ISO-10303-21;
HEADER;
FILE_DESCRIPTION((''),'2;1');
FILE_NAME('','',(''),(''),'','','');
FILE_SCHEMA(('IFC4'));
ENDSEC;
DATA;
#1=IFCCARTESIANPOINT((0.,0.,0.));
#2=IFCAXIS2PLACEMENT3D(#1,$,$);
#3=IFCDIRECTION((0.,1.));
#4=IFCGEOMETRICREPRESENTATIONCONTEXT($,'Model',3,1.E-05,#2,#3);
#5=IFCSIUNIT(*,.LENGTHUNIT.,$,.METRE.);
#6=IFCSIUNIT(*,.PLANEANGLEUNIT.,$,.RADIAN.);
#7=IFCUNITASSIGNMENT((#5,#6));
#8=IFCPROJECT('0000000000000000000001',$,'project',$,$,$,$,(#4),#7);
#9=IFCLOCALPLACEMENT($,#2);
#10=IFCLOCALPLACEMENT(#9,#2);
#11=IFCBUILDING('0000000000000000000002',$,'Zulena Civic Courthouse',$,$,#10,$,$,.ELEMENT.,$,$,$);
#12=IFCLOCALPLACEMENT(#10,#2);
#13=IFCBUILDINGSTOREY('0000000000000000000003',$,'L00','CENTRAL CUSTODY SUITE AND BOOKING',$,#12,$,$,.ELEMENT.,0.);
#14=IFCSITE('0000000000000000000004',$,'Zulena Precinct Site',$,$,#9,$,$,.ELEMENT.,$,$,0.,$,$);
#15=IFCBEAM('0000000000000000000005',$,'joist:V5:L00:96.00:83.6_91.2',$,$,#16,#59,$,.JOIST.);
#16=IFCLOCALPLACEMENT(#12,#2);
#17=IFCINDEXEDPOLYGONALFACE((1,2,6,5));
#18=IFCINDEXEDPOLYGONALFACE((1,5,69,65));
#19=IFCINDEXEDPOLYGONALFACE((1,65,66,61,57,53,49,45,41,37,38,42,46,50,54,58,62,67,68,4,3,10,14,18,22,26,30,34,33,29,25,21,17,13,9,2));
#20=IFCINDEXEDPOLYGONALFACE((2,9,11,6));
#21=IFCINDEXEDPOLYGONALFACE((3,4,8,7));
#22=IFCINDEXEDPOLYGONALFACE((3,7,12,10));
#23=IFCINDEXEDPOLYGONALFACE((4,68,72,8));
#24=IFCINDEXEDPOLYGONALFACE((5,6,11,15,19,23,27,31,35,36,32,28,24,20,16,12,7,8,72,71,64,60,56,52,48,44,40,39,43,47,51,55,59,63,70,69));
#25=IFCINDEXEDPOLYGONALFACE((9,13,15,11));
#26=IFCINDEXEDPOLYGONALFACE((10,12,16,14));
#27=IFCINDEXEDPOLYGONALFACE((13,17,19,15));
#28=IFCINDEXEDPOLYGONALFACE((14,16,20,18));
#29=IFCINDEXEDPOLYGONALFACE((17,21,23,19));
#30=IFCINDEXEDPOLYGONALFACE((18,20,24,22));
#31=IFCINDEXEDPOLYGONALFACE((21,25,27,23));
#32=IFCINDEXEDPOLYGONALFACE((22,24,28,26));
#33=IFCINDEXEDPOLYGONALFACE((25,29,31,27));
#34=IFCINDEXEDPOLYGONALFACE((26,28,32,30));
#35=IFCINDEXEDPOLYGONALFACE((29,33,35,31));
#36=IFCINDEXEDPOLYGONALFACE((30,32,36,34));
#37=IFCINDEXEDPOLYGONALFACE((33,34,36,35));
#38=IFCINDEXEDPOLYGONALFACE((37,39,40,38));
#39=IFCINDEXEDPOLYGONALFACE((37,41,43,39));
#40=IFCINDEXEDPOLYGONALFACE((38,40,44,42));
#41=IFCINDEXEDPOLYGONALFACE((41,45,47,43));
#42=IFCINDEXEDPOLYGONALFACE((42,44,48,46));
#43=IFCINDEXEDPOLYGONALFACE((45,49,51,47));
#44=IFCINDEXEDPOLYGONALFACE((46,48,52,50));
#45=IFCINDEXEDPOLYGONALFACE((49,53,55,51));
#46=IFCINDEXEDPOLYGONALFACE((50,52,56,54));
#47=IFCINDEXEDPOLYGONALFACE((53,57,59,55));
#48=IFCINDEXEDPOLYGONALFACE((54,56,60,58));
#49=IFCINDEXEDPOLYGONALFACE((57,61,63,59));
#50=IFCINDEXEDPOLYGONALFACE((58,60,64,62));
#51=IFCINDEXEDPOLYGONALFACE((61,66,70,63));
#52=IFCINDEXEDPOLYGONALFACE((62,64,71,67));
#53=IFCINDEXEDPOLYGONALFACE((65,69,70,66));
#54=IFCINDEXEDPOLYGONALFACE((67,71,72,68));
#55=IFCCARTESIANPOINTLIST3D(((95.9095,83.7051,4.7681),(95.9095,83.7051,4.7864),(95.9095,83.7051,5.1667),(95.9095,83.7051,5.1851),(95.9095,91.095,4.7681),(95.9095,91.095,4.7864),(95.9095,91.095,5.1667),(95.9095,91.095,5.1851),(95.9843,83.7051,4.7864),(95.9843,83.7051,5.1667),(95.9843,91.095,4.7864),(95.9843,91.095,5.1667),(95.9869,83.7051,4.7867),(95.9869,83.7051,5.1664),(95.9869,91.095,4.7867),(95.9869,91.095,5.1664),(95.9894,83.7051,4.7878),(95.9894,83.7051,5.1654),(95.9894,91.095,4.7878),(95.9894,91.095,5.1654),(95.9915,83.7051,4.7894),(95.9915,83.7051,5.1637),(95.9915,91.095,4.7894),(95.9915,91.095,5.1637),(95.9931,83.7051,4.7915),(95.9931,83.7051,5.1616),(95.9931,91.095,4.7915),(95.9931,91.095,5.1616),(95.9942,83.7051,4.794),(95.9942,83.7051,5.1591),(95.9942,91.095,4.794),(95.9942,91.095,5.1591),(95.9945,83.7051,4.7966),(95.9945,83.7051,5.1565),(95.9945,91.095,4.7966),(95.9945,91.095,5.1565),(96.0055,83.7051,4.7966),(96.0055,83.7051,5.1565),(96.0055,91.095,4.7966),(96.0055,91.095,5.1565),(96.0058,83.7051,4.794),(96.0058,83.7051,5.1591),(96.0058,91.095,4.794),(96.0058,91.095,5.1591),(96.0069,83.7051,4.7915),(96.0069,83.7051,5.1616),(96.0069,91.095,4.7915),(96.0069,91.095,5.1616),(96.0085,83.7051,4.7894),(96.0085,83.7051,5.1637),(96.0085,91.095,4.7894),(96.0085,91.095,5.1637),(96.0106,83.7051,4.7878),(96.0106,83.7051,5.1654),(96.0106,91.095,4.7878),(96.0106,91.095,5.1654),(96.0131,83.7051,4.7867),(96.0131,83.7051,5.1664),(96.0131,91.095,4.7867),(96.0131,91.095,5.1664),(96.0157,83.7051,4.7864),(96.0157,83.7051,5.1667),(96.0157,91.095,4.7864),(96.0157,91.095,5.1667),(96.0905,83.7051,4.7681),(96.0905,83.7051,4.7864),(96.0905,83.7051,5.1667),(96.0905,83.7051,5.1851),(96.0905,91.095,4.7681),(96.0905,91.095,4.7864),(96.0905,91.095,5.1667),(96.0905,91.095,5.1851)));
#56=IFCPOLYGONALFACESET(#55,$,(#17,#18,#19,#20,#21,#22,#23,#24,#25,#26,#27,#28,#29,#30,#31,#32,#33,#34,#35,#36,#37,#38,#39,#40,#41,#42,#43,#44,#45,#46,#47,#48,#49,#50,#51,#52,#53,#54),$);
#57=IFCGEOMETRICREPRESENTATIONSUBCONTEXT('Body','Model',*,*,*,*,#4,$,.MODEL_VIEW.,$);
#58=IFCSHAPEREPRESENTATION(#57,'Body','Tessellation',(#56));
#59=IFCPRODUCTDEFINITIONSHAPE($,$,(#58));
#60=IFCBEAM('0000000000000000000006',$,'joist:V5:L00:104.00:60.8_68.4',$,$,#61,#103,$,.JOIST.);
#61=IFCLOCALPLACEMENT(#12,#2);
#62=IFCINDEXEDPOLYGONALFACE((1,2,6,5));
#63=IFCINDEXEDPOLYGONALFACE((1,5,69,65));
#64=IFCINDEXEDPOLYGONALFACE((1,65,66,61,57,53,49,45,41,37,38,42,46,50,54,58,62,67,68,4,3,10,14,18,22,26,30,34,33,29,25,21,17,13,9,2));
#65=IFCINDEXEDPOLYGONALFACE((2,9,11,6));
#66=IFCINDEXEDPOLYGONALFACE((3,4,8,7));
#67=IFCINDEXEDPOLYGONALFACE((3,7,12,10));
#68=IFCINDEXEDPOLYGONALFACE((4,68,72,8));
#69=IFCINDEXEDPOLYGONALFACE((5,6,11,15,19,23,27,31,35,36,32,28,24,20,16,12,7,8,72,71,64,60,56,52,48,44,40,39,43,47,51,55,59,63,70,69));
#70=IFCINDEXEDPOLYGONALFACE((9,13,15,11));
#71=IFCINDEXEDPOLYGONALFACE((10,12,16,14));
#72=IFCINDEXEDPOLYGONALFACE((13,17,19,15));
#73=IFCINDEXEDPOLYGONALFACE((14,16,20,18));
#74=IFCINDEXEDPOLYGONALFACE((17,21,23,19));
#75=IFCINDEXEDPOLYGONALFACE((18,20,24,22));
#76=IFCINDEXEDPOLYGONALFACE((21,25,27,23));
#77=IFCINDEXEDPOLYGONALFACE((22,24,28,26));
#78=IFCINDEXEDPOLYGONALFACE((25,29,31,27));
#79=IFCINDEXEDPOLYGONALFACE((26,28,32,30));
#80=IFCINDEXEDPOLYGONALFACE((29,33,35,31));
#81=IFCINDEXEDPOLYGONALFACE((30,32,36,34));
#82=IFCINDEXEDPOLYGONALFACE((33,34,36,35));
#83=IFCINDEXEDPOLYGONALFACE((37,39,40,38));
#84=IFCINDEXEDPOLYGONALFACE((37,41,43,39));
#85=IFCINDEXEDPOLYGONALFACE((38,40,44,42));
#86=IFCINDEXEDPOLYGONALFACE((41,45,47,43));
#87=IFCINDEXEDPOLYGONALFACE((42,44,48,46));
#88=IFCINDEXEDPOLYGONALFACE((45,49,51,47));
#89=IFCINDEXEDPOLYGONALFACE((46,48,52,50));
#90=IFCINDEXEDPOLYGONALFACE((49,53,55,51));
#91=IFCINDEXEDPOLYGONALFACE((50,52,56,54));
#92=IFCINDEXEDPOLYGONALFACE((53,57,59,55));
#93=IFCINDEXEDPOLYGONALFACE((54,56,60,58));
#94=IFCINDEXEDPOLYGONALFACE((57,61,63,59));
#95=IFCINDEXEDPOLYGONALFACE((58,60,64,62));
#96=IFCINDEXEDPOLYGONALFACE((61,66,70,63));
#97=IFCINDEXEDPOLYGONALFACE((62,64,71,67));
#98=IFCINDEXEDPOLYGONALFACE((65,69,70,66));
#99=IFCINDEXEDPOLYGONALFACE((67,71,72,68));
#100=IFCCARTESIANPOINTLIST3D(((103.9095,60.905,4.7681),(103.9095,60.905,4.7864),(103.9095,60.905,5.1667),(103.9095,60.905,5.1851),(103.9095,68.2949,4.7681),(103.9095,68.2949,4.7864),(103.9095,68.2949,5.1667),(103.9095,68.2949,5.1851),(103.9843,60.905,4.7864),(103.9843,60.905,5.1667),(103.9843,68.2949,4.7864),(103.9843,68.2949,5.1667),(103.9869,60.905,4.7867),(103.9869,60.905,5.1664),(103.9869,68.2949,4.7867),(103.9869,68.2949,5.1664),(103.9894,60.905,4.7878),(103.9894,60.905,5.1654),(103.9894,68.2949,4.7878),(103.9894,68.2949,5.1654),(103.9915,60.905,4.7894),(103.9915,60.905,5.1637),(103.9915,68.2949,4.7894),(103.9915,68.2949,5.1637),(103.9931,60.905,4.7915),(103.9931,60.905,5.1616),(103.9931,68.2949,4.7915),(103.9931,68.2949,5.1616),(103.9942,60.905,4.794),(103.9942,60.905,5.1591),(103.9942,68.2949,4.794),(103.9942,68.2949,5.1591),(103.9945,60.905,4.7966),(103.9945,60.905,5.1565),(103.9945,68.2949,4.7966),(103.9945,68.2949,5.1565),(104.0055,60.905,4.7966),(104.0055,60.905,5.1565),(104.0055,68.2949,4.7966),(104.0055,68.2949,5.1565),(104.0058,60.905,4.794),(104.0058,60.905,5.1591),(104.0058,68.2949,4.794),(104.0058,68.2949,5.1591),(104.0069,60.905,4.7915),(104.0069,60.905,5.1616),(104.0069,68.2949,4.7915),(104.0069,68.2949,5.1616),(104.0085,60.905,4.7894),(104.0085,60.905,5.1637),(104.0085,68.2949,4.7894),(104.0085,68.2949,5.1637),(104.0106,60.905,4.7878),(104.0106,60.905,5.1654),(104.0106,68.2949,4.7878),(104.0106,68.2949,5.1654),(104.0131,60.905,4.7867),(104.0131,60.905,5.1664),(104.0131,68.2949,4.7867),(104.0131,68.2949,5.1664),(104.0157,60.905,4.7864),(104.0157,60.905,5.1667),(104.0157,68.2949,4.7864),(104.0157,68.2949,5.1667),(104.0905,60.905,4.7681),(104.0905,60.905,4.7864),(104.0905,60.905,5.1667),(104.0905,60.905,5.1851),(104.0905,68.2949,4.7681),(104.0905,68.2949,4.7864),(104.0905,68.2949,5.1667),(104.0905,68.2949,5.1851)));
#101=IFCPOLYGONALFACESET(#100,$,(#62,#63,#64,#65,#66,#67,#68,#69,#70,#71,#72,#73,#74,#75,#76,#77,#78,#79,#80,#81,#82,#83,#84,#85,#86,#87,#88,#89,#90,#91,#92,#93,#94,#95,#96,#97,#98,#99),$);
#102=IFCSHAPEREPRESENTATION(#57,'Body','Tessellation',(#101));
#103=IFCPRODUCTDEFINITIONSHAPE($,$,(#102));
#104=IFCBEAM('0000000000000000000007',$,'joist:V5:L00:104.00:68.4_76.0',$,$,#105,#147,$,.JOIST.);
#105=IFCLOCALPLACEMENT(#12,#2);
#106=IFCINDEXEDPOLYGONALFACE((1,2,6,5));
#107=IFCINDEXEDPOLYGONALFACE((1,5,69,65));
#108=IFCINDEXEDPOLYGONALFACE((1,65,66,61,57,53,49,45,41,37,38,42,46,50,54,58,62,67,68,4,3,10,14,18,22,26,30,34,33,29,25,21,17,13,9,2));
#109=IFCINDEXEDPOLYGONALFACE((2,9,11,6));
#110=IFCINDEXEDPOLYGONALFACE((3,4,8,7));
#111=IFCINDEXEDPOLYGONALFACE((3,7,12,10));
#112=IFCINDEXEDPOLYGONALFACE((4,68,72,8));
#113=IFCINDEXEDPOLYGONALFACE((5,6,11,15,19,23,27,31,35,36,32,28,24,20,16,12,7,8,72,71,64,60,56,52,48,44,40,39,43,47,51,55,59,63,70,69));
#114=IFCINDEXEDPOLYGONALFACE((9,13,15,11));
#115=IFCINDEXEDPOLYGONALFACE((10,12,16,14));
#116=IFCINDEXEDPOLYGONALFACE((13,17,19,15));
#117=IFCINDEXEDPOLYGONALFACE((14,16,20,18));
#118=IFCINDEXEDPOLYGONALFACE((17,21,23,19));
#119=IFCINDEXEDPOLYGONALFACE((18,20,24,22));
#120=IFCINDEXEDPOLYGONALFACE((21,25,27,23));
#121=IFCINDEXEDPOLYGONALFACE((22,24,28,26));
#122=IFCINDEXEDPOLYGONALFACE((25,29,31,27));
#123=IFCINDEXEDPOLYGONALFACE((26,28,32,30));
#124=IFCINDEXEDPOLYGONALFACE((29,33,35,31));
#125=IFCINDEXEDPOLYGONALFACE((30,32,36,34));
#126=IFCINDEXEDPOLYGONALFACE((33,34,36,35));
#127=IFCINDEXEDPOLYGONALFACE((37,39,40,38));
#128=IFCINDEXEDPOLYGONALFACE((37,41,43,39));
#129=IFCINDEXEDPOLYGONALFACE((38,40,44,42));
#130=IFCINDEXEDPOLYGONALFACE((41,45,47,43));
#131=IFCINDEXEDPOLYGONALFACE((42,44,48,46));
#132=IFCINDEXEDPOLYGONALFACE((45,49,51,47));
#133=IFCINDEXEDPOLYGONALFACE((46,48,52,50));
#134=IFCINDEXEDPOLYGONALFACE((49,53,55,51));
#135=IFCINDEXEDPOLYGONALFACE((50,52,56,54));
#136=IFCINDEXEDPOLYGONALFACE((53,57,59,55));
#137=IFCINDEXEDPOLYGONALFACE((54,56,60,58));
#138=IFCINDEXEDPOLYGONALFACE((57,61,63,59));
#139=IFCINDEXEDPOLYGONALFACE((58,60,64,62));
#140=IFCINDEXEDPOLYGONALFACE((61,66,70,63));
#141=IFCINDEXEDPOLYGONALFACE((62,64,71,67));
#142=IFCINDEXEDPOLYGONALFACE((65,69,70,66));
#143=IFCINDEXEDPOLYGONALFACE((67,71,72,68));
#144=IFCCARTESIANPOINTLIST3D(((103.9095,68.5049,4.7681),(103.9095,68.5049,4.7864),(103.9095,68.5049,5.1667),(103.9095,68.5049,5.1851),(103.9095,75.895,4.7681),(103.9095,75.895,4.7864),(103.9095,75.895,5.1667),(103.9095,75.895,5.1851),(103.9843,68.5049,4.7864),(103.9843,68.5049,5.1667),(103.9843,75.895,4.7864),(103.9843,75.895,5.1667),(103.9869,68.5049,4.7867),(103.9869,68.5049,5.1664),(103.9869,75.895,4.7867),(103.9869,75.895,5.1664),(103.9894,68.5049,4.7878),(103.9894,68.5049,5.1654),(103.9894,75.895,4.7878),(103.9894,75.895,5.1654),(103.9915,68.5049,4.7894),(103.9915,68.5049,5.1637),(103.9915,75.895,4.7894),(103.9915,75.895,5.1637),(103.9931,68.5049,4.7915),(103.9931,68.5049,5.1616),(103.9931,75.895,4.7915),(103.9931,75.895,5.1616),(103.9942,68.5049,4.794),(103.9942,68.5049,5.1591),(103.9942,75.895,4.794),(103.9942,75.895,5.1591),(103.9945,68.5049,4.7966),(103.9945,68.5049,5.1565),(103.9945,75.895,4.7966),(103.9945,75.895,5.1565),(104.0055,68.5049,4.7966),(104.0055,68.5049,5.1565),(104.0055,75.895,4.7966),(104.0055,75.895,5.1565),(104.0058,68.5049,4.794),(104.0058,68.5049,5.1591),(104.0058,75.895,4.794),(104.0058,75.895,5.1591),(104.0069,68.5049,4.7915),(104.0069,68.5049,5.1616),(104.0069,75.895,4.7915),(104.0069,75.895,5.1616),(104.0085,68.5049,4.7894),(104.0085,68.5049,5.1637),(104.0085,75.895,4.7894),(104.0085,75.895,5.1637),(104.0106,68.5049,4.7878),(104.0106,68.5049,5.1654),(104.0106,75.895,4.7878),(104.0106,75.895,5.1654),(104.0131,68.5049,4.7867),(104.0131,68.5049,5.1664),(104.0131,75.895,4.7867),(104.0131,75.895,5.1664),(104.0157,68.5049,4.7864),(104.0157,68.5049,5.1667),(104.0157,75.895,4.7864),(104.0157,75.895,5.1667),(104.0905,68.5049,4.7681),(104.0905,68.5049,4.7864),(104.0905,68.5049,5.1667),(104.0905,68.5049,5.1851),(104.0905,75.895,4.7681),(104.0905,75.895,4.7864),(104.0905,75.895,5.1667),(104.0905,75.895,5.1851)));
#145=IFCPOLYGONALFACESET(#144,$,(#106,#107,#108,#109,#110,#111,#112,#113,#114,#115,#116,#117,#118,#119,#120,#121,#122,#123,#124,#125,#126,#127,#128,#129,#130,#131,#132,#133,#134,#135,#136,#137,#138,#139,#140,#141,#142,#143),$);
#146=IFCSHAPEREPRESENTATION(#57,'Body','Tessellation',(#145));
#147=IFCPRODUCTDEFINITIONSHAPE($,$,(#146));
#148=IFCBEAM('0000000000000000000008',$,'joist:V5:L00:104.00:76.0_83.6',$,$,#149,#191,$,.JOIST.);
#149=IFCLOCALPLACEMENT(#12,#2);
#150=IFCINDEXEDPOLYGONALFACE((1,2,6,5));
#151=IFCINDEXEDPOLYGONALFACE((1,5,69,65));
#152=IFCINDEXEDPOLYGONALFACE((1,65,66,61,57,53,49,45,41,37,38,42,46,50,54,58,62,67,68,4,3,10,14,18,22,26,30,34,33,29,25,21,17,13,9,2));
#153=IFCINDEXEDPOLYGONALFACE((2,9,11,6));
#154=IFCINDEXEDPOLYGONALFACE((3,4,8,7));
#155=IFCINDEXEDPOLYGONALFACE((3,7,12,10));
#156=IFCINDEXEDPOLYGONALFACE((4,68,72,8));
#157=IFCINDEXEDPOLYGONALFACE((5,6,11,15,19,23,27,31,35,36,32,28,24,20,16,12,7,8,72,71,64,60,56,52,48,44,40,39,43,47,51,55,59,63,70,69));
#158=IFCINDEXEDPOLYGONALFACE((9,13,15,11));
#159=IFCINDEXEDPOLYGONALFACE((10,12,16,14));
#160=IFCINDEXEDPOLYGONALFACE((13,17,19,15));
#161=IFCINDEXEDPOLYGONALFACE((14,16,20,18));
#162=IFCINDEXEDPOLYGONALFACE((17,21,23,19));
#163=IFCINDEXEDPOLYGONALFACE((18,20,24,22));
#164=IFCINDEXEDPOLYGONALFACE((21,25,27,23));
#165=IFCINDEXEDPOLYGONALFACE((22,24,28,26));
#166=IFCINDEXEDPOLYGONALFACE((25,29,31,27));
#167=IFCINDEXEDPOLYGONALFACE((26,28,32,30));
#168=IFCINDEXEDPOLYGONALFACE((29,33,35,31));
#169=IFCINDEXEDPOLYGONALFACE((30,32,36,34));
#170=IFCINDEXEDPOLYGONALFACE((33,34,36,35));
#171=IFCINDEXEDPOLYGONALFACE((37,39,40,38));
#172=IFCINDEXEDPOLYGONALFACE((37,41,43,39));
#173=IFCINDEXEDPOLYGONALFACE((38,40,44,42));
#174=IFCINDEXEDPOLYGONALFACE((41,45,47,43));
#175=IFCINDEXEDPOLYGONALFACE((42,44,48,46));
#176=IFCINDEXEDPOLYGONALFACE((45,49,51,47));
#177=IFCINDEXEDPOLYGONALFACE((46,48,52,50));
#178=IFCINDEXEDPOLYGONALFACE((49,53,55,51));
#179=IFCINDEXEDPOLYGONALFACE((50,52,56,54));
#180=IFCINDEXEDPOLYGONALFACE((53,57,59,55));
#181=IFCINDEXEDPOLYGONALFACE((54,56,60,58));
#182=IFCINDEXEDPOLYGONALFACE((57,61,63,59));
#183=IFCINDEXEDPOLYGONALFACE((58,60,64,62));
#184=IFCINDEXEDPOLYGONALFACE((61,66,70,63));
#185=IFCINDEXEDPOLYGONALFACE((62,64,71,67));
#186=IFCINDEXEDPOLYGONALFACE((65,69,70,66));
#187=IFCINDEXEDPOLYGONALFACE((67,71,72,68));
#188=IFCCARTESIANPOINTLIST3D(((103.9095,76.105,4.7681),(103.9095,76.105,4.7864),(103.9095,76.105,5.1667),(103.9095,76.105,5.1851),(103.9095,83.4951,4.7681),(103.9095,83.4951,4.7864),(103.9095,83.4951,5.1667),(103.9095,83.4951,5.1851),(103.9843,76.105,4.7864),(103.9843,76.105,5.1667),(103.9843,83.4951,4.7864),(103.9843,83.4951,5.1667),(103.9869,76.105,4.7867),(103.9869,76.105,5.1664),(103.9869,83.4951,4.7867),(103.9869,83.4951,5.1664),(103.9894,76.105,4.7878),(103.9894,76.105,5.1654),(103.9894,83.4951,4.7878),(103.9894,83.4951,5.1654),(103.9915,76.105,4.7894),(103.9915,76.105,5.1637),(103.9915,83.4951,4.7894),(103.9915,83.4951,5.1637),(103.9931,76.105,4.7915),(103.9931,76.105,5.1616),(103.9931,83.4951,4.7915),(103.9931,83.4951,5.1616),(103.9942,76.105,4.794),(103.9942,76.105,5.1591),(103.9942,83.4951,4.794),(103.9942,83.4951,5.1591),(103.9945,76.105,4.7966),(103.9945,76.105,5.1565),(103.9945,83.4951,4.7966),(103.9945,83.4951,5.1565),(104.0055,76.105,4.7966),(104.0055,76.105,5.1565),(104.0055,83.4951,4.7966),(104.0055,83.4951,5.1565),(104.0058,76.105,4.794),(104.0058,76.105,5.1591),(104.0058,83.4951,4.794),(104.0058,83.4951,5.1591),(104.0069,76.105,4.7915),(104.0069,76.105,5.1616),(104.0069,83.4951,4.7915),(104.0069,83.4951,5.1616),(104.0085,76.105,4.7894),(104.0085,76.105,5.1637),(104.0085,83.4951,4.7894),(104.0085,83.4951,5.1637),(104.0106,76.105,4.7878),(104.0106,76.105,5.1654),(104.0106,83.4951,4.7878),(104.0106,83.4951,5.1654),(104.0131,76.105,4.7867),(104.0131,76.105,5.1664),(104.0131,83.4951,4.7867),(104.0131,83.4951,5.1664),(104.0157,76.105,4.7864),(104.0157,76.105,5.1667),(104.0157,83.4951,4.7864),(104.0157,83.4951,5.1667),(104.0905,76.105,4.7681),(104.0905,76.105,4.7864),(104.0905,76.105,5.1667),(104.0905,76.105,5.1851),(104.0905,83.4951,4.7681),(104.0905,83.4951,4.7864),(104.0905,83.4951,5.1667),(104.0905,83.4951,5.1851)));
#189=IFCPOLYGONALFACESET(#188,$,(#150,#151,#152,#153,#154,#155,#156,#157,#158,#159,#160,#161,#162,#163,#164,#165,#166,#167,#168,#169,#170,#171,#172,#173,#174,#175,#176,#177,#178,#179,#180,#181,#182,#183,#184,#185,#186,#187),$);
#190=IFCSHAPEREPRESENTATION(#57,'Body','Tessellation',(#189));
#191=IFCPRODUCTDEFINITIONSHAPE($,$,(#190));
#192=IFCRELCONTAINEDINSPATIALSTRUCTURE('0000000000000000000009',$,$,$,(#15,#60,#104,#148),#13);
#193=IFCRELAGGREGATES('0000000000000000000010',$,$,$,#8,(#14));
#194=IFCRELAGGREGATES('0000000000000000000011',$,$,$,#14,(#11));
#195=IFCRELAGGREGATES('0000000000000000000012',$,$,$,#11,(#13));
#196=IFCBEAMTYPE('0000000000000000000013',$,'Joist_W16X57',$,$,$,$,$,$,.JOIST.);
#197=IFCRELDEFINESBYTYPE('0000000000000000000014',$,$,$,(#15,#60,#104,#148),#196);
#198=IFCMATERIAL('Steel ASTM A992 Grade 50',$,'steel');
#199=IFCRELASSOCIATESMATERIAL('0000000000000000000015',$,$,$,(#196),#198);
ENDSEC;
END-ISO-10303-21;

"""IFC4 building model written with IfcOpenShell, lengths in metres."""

from ifc_helpers import new_model, si_unit, direction, frame, origin, origin_2d, place, context, subcontext, project, spatial, i_section, extrude, material, material_profile, profile_set, type_object, element, save


model = new_model("IFC4")

# Units and contexts
model_context = context("Model", 3, precision=1e-05, world=origin(), true_north=direction((0.0, 1.0)))
body_context = subcontext(model_context, "Body", "Model", "MODEL_VIEW")
ifc_project = project(units=[si_unit("LENGTHUNIT", "METRE"), si_unit("PLANEANGLEUNIT", "RADIAN")], contexts=[model_context])

# Site, building, storey
site_placement = place(None, origin())
site = spatial("IfcSite", under=ifc_project, at=site_placement, Name="Zulena Precinct Site", CompositionType="ELEMENT", RefElevation=0.0)
building_placement = place(site_placement, origin())
building = spatial("IfcBuilding", under=site, at=building_placement, Name="Zulena Civic Courthouse", CompositionType="ELEMENT")
storey_placement = place(building_placement, origin())
storey = spatial("IfcBuildingStorey", under=building, at=storey_placement, Name="L00", Description="CENTRAL CUSTODY SUITE AND BOOKING", CompositionType="ELEMENT", Elevation=0.0)

# Shared definitions
ifc_material_1 = material(Name="Steel ASTM A992 Grade 50", Category="steel")

# Beams
ifc_material_profile_1 = material_profile(ifc_material_1, i_section(OverallWidth=0.1809, OverallDepth=0.417, WebThickness=0.011, FlangeThickness=0.0183, FilletRadius=0.0103, at=origin_2d()), Name="W16X57")
ifc_profile_set_1 = profile_set([ifc_material_profile_1], Name="Steel ASTM A992 Grade 50")
beam_type_1 = type_object("IfcBeamType", Name="Joist_W16X57", PredefinedType="JOIST", material=ifc_profile_set_1)
for number, where, z_axis, x_axis, name in (
    (1, (96.0, 83.7051, 4.9766), (0.0, 1.0, 0.0), (-1.0, 0.0, 0.0), "joist:V5:L00:96.00:83.6_91.2"),
    (2, (104.0, 60.905, 4.9766), (0.0, 1.0, 0.0), (-1.0, 0.0, 0.0), "joist:V5:L00:104.00:60.8_68.4"),
):
    element("IfcBeam", number, at=place(storey_placement, frame(where, z_axis=z_axis, x_axis=x_axis)), inside=storey, type_object=beam_type_1, Name=name, PredefinedType="JOIST", context=body_context, shape_type="SweptSolid", body=[
        extrude(i_section(OverallWidth=0.1809, OverallDepth=0.417, WebThickness=0.011, FlangeThickness=0.0183, FilletRadius=0.0103, at=origin_2d()), origin(), (0.0, 0.0, 1.0), 7.3899),
    ])
for number, where, z_axis, x_axis, name in (
    (3, (104.0, 68.5049, 4.9766), (0.0, 1.0, 0.0), (-1.0, 0.0, 0.0), "joist:V5:L00:104.00:68.4_76.0"),
    (4, (104.0, 76.105, 4.9766), (0.0, 1.0, 0.0), (-1.0, 0.0, 0.0), "joist:V5:L00:104.00:76.0_83.6"),
):
    element("IfcBeam", number, at=place(storey_placement, frame(where, z_axis=z_axis, x_axis=x_axis)), inside=storey, type_object=beam_type_1, Name=name, PredefinedType="JOIST", context=body_context, shape_type="SweptSolid", body=[
        extrude(i_section(OverallWidth=0.1809, OverallDepth=0.417, WebThickness=0.011, FlangeThickness=0.0183, FilletRadius=0.0103, at=origin_2d()), origin(), (0.0, 0.0, 1.0), 7.3901),
    ])

save(model, "model.ifc")
